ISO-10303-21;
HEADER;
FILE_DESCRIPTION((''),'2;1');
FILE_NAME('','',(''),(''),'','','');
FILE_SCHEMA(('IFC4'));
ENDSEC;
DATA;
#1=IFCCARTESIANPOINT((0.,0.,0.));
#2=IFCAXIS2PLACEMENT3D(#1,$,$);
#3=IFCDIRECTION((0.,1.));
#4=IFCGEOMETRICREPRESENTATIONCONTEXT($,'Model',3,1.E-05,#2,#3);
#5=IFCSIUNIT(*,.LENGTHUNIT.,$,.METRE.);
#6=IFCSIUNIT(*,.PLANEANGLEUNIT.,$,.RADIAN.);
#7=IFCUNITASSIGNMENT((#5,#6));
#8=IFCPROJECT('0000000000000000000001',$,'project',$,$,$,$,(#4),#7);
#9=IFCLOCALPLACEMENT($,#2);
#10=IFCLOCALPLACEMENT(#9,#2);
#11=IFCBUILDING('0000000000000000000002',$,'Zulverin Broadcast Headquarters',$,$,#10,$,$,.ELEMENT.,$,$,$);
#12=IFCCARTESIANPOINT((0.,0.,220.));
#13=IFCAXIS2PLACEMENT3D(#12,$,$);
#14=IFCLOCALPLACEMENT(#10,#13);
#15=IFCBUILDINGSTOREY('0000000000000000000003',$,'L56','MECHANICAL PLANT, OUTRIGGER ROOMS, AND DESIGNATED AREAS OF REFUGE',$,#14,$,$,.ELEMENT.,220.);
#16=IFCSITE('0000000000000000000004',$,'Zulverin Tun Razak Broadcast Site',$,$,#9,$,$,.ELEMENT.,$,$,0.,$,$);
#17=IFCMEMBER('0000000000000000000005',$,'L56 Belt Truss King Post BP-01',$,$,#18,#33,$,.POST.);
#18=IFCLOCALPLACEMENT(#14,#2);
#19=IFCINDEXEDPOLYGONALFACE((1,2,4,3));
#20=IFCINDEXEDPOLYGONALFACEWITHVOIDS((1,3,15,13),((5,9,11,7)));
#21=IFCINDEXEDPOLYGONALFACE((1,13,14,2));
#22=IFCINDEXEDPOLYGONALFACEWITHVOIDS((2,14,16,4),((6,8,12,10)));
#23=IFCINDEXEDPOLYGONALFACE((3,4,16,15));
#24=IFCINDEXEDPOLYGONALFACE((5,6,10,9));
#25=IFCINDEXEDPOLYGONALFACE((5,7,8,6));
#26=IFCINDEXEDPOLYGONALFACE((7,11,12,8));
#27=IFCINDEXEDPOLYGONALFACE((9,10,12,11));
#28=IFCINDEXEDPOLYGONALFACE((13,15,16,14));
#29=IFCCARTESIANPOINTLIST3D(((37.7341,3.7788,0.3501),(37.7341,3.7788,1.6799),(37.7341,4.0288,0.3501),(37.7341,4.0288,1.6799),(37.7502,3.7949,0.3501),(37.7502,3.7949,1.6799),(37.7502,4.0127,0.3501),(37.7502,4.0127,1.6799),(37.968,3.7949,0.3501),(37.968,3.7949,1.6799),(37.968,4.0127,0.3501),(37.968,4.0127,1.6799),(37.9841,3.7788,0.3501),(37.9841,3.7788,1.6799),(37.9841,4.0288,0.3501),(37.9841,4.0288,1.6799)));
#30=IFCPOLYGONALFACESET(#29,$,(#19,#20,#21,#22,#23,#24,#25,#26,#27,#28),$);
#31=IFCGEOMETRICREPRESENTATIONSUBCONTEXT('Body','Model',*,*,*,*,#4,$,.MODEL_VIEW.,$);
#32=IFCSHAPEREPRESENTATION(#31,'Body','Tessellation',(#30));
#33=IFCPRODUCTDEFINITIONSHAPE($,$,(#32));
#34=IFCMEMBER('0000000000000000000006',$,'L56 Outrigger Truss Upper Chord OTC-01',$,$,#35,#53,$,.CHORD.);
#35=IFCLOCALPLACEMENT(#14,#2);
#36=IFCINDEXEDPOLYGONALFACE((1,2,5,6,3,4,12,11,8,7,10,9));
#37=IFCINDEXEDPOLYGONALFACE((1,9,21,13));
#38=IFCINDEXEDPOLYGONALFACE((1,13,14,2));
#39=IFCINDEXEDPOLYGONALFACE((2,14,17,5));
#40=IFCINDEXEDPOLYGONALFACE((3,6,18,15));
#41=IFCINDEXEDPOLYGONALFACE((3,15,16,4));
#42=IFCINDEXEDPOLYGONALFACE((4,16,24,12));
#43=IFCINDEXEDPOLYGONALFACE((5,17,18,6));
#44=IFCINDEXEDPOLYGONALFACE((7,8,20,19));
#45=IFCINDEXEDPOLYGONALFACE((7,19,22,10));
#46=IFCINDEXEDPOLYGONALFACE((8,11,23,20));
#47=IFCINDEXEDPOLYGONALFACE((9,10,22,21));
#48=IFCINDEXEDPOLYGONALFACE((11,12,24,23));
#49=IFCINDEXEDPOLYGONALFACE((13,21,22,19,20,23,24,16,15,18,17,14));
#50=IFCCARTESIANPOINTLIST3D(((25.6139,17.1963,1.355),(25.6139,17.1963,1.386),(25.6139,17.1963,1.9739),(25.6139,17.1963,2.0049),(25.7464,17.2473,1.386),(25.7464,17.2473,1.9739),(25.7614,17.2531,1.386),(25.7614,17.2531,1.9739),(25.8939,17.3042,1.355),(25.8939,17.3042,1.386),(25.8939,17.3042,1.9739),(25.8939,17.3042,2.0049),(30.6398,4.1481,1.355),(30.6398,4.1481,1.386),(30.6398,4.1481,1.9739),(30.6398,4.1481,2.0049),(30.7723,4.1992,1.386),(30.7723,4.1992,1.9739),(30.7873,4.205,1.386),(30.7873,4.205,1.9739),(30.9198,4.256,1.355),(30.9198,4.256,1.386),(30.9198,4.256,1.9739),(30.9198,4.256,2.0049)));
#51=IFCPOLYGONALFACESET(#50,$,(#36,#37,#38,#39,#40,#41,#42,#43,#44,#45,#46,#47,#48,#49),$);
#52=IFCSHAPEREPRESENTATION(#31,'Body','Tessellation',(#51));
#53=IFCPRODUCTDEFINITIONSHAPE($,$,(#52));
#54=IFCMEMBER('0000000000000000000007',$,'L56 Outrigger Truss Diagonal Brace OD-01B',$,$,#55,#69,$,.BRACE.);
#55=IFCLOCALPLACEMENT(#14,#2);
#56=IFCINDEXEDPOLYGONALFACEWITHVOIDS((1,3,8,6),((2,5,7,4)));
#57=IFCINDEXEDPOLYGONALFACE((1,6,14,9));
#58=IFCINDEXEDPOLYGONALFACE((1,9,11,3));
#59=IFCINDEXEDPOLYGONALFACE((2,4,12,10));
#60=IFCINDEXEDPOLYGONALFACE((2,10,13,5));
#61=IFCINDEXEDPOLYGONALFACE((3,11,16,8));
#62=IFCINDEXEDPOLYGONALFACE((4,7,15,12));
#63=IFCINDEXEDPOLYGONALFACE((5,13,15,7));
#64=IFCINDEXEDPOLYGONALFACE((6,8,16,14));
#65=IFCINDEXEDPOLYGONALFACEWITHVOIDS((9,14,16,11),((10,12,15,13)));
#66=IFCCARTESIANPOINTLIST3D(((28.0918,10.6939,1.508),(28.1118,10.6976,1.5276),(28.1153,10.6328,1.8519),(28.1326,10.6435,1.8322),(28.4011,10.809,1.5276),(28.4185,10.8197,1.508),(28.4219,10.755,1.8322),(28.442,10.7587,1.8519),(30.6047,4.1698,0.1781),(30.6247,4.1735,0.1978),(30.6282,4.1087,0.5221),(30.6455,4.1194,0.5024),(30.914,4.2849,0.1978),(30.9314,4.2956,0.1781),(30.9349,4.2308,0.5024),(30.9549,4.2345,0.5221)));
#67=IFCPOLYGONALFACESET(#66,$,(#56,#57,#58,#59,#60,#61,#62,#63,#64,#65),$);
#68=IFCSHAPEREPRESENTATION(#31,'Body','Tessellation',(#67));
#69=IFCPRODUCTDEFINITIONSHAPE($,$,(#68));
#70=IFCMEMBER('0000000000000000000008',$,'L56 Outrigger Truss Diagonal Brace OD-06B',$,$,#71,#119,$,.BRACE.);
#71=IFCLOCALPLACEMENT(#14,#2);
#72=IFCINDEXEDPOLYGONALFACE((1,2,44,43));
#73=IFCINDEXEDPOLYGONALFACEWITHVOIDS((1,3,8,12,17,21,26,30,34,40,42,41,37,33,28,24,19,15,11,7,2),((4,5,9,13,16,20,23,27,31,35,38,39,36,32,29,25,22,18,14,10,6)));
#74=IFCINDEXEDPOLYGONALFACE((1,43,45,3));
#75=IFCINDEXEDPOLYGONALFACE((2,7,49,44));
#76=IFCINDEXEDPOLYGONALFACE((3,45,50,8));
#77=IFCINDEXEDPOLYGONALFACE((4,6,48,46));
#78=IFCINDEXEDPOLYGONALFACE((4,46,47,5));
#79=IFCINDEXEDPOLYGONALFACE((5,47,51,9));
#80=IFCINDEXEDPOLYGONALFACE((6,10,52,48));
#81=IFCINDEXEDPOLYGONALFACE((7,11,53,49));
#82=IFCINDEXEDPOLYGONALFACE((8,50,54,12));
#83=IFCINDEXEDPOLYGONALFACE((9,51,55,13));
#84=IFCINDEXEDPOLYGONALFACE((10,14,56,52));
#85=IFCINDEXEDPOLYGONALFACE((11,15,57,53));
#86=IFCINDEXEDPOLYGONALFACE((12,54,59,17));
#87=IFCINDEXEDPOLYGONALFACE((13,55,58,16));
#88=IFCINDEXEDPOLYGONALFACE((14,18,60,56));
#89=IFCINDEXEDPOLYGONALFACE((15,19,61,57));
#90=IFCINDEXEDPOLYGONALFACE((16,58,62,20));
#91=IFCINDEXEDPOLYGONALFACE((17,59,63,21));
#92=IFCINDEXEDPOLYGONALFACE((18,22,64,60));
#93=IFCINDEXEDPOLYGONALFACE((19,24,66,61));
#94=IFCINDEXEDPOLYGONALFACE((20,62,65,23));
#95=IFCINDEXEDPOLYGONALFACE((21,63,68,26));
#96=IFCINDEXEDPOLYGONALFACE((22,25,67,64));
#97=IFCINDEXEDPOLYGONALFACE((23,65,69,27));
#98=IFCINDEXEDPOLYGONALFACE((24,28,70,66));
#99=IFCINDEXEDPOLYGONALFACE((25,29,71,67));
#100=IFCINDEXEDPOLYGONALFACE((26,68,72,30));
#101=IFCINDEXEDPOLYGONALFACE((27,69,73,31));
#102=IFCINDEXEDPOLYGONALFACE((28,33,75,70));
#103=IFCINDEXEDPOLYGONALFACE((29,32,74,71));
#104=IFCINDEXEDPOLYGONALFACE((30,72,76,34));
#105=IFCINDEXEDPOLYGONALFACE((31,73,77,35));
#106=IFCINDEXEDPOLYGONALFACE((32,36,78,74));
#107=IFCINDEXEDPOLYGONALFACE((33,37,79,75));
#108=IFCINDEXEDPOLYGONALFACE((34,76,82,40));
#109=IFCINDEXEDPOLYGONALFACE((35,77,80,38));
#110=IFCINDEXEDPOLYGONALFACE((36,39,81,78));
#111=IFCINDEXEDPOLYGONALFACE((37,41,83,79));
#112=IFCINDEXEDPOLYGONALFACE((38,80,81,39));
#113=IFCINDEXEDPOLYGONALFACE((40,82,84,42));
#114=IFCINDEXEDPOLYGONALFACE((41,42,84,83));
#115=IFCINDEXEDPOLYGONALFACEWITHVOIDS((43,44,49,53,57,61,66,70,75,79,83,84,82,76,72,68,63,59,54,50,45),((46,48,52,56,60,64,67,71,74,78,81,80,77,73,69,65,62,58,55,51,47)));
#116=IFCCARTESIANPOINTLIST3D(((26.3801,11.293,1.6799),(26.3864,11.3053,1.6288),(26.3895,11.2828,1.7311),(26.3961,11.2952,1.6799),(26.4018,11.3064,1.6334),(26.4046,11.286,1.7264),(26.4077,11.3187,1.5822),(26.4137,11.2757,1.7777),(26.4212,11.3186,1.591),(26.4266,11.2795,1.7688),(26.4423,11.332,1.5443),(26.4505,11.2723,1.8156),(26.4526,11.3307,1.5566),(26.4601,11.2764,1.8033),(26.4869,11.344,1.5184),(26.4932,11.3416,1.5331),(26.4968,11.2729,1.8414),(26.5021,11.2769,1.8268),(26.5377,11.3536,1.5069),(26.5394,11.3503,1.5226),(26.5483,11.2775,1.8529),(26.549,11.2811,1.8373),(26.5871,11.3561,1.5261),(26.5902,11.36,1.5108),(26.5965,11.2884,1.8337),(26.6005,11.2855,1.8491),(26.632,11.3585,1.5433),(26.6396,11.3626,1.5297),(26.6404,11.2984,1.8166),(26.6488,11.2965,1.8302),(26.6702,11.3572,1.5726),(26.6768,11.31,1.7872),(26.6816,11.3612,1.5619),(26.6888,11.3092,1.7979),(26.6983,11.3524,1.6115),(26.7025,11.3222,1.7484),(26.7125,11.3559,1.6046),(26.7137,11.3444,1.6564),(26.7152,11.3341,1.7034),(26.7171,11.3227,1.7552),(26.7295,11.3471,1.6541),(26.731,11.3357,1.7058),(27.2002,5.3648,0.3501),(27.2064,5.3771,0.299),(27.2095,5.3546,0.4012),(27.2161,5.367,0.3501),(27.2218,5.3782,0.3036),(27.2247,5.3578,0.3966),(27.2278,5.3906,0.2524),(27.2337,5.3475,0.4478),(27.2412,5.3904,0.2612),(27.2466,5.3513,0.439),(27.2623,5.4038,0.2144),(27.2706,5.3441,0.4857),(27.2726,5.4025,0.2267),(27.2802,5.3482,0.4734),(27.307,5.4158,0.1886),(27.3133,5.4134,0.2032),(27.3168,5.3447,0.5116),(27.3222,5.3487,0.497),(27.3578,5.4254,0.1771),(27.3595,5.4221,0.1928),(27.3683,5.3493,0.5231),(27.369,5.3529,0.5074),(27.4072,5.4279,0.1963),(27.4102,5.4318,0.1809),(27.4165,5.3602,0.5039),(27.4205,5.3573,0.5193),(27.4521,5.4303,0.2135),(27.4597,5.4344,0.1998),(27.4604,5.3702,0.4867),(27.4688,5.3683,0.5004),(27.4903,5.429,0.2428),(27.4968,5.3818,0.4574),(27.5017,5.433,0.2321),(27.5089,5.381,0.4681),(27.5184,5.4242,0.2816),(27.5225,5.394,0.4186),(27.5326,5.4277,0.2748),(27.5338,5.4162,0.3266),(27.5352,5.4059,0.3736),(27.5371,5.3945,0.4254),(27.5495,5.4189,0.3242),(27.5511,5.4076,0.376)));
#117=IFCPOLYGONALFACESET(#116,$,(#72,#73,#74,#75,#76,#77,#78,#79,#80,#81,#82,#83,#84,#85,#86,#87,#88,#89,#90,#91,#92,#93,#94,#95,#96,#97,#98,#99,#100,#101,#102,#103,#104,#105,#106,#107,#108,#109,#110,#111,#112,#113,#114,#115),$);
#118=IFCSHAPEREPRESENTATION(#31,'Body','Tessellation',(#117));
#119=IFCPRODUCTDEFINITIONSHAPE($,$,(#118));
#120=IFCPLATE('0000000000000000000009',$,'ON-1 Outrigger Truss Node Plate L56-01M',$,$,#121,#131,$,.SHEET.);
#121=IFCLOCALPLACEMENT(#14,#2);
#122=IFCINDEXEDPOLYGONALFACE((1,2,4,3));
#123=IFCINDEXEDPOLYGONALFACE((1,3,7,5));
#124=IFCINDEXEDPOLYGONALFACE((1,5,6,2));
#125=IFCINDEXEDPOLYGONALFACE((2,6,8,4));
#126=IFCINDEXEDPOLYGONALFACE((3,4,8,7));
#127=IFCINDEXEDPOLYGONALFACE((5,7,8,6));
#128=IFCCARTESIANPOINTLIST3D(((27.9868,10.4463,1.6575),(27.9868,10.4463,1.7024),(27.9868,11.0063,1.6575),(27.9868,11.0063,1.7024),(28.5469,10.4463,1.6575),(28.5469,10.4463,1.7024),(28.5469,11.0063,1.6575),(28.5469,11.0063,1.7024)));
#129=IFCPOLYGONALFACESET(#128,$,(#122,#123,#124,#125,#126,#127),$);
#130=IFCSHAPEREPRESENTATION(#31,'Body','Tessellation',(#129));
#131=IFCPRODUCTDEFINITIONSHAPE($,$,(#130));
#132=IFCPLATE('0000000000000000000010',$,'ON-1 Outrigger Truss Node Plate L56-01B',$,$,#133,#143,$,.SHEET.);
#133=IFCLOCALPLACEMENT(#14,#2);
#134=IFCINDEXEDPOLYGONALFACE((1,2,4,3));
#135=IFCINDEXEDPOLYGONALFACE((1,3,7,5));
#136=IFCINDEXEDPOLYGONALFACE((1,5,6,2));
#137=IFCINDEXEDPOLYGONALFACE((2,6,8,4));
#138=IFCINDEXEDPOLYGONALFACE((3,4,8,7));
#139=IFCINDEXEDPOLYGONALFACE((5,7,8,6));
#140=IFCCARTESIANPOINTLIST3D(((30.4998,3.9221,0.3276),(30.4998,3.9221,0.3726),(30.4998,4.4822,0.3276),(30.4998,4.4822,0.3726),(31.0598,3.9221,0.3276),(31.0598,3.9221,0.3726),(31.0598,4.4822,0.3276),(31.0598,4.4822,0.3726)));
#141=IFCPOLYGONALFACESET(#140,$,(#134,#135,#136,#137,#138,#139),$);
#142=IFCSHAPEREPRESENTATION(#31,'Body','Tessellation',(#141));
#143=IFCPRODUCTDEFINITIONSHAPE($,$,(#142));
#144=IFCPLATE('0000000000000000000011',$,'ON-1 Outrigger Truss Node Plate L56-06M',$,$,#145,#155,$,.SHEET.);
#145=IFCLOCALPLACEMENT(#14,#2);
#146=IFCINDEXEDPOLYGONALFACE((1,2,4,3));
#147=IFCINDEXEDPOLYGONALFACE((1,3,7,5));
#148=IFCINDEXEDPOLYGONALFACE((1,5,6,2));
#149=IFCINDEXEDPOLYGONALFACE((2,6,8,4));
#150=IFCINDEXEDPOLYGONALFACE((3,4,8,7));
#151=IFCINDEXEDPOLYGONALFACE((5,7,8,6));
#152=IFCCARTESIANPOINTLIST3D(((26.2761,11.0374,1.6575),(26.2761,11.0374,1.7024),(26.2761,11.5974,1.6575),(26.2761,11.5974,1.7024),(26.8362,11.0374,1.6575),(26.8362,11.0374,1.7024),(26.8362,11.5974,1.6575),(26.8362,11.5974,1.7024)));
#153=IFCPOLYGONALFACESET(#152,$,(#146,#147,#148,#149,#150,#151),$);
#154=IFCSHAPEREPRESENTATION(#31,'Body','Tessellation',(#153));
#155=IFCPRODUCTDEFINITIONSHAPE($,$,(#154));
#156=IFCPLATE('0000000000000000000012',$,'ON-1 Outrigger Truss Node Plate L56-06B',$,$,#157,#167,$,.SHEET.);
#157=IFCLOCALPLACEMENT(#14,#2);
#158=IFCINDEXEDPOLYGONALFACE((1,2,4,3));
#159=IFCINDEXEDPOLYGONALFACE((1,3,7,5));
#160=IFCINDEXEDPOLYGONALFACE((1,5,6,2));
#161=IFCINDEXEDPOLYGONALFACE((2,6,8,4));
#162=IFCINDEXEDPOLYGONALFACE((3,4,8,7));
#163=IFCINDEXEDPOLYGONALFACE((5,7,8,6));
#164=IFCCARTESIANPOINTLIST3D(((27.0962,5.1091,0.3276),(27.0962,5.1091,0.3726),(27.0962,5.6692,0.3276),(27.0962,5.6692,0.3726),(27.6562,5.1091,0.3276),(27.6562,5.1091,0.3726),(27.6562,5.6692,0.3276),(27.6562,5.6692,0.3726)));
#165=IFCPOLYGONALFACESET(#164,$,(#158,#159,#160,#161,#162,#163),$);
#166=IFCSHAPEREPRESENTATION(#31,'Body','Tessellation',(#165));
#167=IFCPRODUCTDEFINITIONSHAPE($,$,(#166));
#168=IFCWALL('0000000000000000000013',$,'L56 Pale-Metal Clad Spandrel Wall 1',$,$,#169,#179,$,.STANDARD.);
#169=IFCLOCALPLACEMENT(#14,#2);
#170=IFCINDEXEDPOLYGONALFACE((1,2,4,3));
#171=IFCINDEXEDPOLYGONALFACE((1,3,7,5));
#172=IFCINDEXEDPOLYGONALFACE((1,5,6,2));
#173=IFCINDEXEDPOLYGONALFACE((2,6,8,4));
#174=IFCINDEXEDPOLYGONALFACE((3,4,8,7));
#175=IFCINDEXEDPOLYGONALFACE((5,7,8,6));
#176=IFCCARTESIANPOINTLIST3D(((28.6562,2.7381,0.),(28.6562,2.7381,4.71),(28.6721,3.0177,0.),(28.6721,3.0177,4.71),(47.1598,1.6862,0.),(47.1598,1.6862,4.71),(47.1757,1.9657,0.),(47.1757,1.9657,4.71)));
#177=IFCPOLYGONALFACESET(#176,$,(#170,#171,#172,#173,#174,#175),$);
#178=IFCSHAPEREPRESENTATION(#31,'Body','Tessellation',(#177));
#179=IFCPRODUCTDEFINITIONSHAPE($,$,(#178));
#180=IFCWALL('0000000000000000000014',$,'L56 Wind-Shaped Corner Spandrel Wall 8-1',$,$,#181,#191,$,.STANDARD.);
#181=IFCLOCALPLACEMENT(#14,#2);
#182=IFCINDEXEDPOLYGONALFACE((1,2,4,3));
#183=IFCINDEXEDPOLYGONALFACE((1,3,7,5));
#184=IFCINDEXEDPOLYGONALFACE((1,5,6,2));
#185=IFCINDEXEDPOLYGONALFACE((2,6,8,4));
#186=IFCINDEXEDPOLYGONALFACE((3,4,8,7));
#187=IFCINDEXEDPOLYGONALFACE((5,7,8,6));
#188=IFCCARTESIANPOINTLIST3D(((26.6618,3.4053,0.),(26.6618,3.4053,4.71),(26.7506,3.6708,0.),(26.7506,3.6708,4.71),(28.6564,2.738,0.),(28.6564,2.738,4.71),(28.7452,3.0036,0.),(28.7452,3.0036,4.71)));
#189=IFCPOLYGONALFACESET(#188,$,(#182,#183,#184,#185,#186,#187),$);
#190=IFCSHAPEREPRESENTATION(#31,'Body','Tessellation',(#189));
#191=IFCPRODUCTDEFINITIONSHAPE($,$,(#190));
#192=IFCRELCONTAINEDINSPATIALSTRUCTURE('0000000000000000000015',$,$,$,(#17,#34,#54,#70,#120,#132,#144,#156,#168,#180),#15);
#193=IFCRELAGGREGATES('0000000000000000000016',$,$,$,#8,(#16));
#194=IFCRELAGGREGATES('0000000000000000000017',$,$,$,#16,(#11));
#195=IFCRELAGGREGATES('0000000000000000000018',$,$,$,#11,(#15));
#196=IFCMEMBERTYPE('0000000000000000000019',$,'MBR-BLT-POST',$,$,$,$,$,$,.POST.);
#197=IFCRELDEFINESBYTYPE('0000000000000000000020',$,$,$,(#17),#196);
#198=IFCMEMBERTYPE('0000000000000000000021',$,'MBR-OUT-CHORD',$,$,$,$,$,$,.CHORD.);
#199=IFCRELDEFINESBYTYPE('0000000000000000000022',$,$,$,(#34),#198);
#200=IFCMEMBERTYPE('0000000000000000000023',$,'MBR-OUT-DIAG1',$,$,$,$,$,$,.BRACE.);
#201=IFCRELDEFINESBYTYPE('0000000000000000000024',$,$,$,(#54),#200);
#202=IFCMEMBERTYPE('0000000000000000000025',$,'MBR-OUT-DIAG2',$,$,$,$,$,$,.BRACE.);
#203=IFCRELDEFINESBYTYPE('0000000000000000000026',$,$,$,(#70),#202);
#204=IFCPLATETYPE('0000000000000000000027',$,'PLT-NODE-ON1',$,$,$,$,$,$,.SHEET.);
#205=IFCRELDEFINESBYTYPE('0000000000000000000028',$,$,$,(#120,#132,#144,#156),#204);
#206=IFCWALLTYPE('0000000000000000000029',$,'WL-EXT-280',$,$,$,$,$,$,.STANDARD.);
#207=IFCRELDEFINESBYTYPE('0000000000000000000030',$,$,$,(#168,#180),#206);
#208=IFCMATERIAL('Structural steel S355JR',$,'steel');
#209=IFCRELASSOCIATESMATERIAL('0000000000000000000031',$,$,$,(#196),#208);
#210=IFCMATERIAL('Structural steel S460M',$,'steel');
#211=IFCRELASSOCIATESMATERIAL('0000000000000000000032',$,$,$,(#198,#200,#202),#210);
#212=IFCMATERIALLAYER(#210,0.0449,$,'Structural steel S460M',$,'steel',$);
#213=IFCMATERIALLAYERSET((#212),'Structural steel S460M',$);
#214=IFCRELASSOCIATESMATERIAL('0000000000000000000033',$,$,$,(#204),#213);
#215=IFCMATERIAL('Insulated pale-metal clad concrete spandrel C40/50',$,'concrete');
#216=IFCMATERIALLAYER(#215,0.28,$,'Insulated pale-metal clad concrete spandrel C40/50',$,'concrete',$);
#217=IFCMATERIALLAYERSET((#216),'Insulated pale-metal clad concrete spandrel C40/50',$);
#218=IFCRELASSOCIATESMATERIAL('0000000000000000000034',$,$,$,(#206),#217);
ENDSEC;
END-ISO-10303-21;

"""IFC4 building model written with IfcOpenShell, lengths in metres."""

from ifc_helpers import new_model, si_unit, direction, frame, frame_2d, origin, origin_2d, place, context, subcontext, project, spatial, rectangle, hollow_rectangle, hollow_circle, i_section, extrude, material, layer, layer_set, material_profile, profile_set, type_object, element, save


model = new_model("IFC4")

# Units and contexts
model_context = context("Model", 3, precision=1e-05, world=origin(), true_north=direction((0.0, 1.0)))
body_context = subcontext(model_context, "Body", "Model", "MODEL_VIEW")
ifc_project = project(units=[si_unit("LENGTHUNIT", "METRE"), si_unit("PLANEANGLEUNIT", "RADIAN")], contexts=[model_context])

# Site, building, storey
site_placement = place(None, origin())
site = spatial("IfcSite", under=ifc_project, at=site_placement, Name="Zulverin Tun Razak Broadcast Site", CompositionType="ELEMENT", RefElevation=0.0)
building_placement = place(site_placement, origin())
building = spatial("IfcBuilding", under=site, at=building_placement, Name="Zulverin Broadcast Headquarters", CompositionType="ELEMENT")
storey_placement = place(building_placement, frame((0.0, 0.0, 220.0)))
storey = spatial("IfcBuildingStorey", under=building, at=storey_placement, Name="L56", Description="MECHANICAL PLANT, OUTRIGGER ROOMS, AND DESIGNATED AREAS OF REFUGE", CompositionType="ELEMENT", Elevation=220.0)

# Members
ifc_material_1 = material(Name="Structural steel S355JR", Category="steel")
ifc_material_profile_1 = material_profile(ifc_material_1, hollow_rectangle(XDim=0.25, YDim=0.25, WallThickness=0.0161, at=origin_2d()), Name="Structural steel S355JR", Category="steel")
ifc_profile_set_1 = profile_set([ifc_material_profile_1], Name="Structural steel S355JR")
member_type_1 = type_object("IfcMemberType", Name="MBR-BLT-POST", PredefinedType="POST", material=ifc_profile_set_1)
member_1_placement = place(storey_placement, frame((37.8591, 3.9038, 0.3501), z_axis=(0.0, 0.0, 1.0), x_axis=(1.0, 0.0, 0.0)))
element("IfcMember", 1, at=member_1_placement, inside=storey, type_object=member_type_1, Name="L56 Belt Truss King Post BP-01", PredefinedType="POST", context=body_context, shape_type="SweptSolid", body=[
    extrude(hollow_rectangle(XDim=0.25, YDim=0.25, WallThickness=0.0161, at=origin_2d()), origin(), (0.0, 0.0, 1.0), 1.3298),
])
ifc_material_2 = material(Name="Structural steel S460M", Category="steel")
ifc_material_profile_2 = material_profile(ifc_material_2, i_section(OverallWidth=0.3, OverallDepth=0.6499, WebThickness=0.0161, FlangeThickness=0.031, at=origin_2d()), Name="Structural steel S460M", Category="steel")
ifc_profile_set_2 = profile_set([ifc_material_profile_2], Name="Structural steel S460M")
member_type_2 = type_object("IfcMemberType", Name="MBR-OUT-CHORD", PredefinedType="CHORD", material=ifc_profile_set_2)
member_2_placement = place(storey_placement, frame((25.7539, 17.2502, 1.6799), z_axis=(0.359439, -0.933169, 0.0), x_axis=(0.933169, 0.359439, 0.0)))
element("IfcMember", 2, at=member_2_placement, inside=storey, type_object=member_type_2, Name="L56 Outrigger Truss Upper Chord OTC-01", PredefinedType="CHORD", context=body_context, shape_type="SweptSolid", body=[
    extrude(i_section(OverallWidth=0.3, OverallDepth=0.6499, WebThickness=0.0161, FlangeThickness=0.031, at=origin_2d()), origin(), (0.0, 0.0, 1.0), 13.9827),
])
ifc_material_profile_3 = material_profile(ifc_material_2, hollow_rectangle(XDim=0.3501, YDim=0.3501, WallThickness=0.02, at=origin_2d()), Name="Structural steel S460M", Category="steel")
ifc_profile_set_3 = profile_set([ifc_material_profile_3], Name="Structural steel S460M")
member_type_3 = type_object("IfcMemberType", Name="MBR-OUT-DIAG1", PredefinedType="BRACE", material=ifc_profile_set_3)
member_3_placement = place(storey_placement, frame((30.7798, 4.2021, 0.3501), z_axis=(-0.353102, 0.916735, 0.18686), x_axis=(-0.933171, -0.359433, 0.0)))
element("IfcMember", 3, at=member_3_placement, inside=storey, type_object=member_type_3, Name="L56 Outrigger Truss Diagonal Brace OD-01B", PredefinedType="BRACE", context=body_context, shape_type="SweptSolid", body=[
    extrude(hollow_rectangle(XDim=0.3501, YDim=0.3501, WallThickness=0.02, at=origin_2d()), origin(), (0.0, 0.0, 1.0), 7.1167),
])
ifc_material_profile_4 = material_profile(ifc_material_2, hollow_circle(Radius=0.1777, WallThickness=0.0161, at=origin_2d()), Name="Structural steel S460M", Category="steel")
ifc_profile_set_4 = profile_set([ifc_material_profile_4], Name="Structural steel S460M")
member_type_4 = type_object("IfcMemberType", Name="MBR-OUT-DIAG2", PredefinedType="BRACE", material=ifc_profile_set_4)
member_4_placement = place(storey_placement, frame((27.3762, 5.3892, 0.3501), z_axis=(-0.133765, 0.966982, 0.216916), x_axis=(-0.990567, -0.137028, 0.0)))
element("IfcMember", 4, at=member_4_placement, inside=storey, type_object=member_type_4, Name="L56 Outrigger Truss Diagonal Brace OD-06B", PredefinedType="BRACE", context=body_context, shape_type="SweptSolid", body=[
    extrude(hollow_circle(Radius=0.1777, WallThickness=0.0161, at=origin_2d()), origin(), (0.0, 0.0, 1.0), 6.1306),
])

# Plates
ifc_layer_1 = layer(ifc_material_2, 0.0449, Name="Structural steel S460M", Category="steel")
ifc_layer_set_1 = layer_set([ifc_layer_1], Name="Structural steel S460M")
plate_type = type_object("IfcPlateType", Name="PLT-NODE-ON1", PredefinedType="SHEET", material=ifc_layer_set_1)
for number, where, z_axis, x_axis, name in (
    (5, (28.2668, 10.7263, 1.6575), (0.0, 0.0, 1.0), (1.0, 0.0, 0.0), "ON-1 Outrigger Truss Node Plate L56-01M"),
    (6, (30.7798, 4.2021, 0.3276), (0.0, 0.0, 1.0), (1.0, 0.0, 0.0), "ON-1 Outrigger Truss Node Plate L56-01B"),
    (7, (26.5562, 11.3174, 1.6575), (0.0, 0.0, 1.0), (1.0, 0.0, 0.0), "ON-1 Outrigger Truss Node Plate L56-06M"),
    (8, (27.3762, 5.3892, 0.3276), (0.0, 0.0, 1.0), (1.0, 0.0, 0.0), "ON-1 Outrigger Truss Node Plate L56-06B"),
):
    element("IfcPlate", number, at=place(storey_placement, frame(where, z_axis=z_axis, x_axis=x_axis)), inside=storey, type_object=plate_type, Name=name, PredefinedType="SHEET", context=body_context, shape_type="SweptSolid", body=[
        extrude(rectangle(XDim=0.5601, YDim=0.5601, at=origin_2d()), origin(), (0.0, 0.0, 1.0), 0.0449),
    ])

# Walls
ifc_material_3 = material(Name="Insulated pale-metal clad concrete spandrel C40/50", Category="concrete")
ifc_layer_2 = layer(ifc_material_3, 0.28, Name="Insulated pale-metal clad concrete spandrel C40/50", Category="concrete")
ifc_layer_set_2 = layer_set([ifc_layer_2], Name="Insulated pale-metal clad concrete spandrel C40/50")
wall_type = type_object("IfcWallType", Name="WL-EXT-280", PredefinedType="STANDARD", material=ifc_layer_set_2)
wall_1_placement = place(storey_placement, frame((28.6643, 2.8779, 0.0), z_axis=(0.0, 0.0, 1.0), x_axis=(0.998388, -0.056762, 0.0)))
element("IfcWall", 9, at=wall_1_placement, inside=storey, type_object=wall_type, Name="L56 Pale-Metal Clad Spandrel Wall 1", PredefinedType="STANDARD", context=body_context, shape_type="SweptSolid", body=[
    extrude(rectangle(XDim=18.5334, YDim=0.28, at=frame_2d((9.2666, 0.0))), origin(), (0.0, 0.0, 1.0), 4.71),
])
wall_2_placement = place(storey_placement, frame((26.7061, 3.5381, 0.0), z_axis=(0.0, 0.0, 1.0), x_axis=(0.948346, -0.317237, 0.0)))
element("IfcWall", 10, at=wall_2_placement, inside=storey, type_object=wall_type, Name="L56 Wind-Shaped Corner Spandrel Wall 8-1", PredefinedType="STANDARD", context=body_context, shape_type="SweptSolid", body=[
    extrude(rectangle(XDim=2.1033, YDim=0.28, at=frame_2d((1.0518, 0.0))), origin(), (0.0, 0.0, 1.0), 4.71),
])

save(model, "model.ifc")
